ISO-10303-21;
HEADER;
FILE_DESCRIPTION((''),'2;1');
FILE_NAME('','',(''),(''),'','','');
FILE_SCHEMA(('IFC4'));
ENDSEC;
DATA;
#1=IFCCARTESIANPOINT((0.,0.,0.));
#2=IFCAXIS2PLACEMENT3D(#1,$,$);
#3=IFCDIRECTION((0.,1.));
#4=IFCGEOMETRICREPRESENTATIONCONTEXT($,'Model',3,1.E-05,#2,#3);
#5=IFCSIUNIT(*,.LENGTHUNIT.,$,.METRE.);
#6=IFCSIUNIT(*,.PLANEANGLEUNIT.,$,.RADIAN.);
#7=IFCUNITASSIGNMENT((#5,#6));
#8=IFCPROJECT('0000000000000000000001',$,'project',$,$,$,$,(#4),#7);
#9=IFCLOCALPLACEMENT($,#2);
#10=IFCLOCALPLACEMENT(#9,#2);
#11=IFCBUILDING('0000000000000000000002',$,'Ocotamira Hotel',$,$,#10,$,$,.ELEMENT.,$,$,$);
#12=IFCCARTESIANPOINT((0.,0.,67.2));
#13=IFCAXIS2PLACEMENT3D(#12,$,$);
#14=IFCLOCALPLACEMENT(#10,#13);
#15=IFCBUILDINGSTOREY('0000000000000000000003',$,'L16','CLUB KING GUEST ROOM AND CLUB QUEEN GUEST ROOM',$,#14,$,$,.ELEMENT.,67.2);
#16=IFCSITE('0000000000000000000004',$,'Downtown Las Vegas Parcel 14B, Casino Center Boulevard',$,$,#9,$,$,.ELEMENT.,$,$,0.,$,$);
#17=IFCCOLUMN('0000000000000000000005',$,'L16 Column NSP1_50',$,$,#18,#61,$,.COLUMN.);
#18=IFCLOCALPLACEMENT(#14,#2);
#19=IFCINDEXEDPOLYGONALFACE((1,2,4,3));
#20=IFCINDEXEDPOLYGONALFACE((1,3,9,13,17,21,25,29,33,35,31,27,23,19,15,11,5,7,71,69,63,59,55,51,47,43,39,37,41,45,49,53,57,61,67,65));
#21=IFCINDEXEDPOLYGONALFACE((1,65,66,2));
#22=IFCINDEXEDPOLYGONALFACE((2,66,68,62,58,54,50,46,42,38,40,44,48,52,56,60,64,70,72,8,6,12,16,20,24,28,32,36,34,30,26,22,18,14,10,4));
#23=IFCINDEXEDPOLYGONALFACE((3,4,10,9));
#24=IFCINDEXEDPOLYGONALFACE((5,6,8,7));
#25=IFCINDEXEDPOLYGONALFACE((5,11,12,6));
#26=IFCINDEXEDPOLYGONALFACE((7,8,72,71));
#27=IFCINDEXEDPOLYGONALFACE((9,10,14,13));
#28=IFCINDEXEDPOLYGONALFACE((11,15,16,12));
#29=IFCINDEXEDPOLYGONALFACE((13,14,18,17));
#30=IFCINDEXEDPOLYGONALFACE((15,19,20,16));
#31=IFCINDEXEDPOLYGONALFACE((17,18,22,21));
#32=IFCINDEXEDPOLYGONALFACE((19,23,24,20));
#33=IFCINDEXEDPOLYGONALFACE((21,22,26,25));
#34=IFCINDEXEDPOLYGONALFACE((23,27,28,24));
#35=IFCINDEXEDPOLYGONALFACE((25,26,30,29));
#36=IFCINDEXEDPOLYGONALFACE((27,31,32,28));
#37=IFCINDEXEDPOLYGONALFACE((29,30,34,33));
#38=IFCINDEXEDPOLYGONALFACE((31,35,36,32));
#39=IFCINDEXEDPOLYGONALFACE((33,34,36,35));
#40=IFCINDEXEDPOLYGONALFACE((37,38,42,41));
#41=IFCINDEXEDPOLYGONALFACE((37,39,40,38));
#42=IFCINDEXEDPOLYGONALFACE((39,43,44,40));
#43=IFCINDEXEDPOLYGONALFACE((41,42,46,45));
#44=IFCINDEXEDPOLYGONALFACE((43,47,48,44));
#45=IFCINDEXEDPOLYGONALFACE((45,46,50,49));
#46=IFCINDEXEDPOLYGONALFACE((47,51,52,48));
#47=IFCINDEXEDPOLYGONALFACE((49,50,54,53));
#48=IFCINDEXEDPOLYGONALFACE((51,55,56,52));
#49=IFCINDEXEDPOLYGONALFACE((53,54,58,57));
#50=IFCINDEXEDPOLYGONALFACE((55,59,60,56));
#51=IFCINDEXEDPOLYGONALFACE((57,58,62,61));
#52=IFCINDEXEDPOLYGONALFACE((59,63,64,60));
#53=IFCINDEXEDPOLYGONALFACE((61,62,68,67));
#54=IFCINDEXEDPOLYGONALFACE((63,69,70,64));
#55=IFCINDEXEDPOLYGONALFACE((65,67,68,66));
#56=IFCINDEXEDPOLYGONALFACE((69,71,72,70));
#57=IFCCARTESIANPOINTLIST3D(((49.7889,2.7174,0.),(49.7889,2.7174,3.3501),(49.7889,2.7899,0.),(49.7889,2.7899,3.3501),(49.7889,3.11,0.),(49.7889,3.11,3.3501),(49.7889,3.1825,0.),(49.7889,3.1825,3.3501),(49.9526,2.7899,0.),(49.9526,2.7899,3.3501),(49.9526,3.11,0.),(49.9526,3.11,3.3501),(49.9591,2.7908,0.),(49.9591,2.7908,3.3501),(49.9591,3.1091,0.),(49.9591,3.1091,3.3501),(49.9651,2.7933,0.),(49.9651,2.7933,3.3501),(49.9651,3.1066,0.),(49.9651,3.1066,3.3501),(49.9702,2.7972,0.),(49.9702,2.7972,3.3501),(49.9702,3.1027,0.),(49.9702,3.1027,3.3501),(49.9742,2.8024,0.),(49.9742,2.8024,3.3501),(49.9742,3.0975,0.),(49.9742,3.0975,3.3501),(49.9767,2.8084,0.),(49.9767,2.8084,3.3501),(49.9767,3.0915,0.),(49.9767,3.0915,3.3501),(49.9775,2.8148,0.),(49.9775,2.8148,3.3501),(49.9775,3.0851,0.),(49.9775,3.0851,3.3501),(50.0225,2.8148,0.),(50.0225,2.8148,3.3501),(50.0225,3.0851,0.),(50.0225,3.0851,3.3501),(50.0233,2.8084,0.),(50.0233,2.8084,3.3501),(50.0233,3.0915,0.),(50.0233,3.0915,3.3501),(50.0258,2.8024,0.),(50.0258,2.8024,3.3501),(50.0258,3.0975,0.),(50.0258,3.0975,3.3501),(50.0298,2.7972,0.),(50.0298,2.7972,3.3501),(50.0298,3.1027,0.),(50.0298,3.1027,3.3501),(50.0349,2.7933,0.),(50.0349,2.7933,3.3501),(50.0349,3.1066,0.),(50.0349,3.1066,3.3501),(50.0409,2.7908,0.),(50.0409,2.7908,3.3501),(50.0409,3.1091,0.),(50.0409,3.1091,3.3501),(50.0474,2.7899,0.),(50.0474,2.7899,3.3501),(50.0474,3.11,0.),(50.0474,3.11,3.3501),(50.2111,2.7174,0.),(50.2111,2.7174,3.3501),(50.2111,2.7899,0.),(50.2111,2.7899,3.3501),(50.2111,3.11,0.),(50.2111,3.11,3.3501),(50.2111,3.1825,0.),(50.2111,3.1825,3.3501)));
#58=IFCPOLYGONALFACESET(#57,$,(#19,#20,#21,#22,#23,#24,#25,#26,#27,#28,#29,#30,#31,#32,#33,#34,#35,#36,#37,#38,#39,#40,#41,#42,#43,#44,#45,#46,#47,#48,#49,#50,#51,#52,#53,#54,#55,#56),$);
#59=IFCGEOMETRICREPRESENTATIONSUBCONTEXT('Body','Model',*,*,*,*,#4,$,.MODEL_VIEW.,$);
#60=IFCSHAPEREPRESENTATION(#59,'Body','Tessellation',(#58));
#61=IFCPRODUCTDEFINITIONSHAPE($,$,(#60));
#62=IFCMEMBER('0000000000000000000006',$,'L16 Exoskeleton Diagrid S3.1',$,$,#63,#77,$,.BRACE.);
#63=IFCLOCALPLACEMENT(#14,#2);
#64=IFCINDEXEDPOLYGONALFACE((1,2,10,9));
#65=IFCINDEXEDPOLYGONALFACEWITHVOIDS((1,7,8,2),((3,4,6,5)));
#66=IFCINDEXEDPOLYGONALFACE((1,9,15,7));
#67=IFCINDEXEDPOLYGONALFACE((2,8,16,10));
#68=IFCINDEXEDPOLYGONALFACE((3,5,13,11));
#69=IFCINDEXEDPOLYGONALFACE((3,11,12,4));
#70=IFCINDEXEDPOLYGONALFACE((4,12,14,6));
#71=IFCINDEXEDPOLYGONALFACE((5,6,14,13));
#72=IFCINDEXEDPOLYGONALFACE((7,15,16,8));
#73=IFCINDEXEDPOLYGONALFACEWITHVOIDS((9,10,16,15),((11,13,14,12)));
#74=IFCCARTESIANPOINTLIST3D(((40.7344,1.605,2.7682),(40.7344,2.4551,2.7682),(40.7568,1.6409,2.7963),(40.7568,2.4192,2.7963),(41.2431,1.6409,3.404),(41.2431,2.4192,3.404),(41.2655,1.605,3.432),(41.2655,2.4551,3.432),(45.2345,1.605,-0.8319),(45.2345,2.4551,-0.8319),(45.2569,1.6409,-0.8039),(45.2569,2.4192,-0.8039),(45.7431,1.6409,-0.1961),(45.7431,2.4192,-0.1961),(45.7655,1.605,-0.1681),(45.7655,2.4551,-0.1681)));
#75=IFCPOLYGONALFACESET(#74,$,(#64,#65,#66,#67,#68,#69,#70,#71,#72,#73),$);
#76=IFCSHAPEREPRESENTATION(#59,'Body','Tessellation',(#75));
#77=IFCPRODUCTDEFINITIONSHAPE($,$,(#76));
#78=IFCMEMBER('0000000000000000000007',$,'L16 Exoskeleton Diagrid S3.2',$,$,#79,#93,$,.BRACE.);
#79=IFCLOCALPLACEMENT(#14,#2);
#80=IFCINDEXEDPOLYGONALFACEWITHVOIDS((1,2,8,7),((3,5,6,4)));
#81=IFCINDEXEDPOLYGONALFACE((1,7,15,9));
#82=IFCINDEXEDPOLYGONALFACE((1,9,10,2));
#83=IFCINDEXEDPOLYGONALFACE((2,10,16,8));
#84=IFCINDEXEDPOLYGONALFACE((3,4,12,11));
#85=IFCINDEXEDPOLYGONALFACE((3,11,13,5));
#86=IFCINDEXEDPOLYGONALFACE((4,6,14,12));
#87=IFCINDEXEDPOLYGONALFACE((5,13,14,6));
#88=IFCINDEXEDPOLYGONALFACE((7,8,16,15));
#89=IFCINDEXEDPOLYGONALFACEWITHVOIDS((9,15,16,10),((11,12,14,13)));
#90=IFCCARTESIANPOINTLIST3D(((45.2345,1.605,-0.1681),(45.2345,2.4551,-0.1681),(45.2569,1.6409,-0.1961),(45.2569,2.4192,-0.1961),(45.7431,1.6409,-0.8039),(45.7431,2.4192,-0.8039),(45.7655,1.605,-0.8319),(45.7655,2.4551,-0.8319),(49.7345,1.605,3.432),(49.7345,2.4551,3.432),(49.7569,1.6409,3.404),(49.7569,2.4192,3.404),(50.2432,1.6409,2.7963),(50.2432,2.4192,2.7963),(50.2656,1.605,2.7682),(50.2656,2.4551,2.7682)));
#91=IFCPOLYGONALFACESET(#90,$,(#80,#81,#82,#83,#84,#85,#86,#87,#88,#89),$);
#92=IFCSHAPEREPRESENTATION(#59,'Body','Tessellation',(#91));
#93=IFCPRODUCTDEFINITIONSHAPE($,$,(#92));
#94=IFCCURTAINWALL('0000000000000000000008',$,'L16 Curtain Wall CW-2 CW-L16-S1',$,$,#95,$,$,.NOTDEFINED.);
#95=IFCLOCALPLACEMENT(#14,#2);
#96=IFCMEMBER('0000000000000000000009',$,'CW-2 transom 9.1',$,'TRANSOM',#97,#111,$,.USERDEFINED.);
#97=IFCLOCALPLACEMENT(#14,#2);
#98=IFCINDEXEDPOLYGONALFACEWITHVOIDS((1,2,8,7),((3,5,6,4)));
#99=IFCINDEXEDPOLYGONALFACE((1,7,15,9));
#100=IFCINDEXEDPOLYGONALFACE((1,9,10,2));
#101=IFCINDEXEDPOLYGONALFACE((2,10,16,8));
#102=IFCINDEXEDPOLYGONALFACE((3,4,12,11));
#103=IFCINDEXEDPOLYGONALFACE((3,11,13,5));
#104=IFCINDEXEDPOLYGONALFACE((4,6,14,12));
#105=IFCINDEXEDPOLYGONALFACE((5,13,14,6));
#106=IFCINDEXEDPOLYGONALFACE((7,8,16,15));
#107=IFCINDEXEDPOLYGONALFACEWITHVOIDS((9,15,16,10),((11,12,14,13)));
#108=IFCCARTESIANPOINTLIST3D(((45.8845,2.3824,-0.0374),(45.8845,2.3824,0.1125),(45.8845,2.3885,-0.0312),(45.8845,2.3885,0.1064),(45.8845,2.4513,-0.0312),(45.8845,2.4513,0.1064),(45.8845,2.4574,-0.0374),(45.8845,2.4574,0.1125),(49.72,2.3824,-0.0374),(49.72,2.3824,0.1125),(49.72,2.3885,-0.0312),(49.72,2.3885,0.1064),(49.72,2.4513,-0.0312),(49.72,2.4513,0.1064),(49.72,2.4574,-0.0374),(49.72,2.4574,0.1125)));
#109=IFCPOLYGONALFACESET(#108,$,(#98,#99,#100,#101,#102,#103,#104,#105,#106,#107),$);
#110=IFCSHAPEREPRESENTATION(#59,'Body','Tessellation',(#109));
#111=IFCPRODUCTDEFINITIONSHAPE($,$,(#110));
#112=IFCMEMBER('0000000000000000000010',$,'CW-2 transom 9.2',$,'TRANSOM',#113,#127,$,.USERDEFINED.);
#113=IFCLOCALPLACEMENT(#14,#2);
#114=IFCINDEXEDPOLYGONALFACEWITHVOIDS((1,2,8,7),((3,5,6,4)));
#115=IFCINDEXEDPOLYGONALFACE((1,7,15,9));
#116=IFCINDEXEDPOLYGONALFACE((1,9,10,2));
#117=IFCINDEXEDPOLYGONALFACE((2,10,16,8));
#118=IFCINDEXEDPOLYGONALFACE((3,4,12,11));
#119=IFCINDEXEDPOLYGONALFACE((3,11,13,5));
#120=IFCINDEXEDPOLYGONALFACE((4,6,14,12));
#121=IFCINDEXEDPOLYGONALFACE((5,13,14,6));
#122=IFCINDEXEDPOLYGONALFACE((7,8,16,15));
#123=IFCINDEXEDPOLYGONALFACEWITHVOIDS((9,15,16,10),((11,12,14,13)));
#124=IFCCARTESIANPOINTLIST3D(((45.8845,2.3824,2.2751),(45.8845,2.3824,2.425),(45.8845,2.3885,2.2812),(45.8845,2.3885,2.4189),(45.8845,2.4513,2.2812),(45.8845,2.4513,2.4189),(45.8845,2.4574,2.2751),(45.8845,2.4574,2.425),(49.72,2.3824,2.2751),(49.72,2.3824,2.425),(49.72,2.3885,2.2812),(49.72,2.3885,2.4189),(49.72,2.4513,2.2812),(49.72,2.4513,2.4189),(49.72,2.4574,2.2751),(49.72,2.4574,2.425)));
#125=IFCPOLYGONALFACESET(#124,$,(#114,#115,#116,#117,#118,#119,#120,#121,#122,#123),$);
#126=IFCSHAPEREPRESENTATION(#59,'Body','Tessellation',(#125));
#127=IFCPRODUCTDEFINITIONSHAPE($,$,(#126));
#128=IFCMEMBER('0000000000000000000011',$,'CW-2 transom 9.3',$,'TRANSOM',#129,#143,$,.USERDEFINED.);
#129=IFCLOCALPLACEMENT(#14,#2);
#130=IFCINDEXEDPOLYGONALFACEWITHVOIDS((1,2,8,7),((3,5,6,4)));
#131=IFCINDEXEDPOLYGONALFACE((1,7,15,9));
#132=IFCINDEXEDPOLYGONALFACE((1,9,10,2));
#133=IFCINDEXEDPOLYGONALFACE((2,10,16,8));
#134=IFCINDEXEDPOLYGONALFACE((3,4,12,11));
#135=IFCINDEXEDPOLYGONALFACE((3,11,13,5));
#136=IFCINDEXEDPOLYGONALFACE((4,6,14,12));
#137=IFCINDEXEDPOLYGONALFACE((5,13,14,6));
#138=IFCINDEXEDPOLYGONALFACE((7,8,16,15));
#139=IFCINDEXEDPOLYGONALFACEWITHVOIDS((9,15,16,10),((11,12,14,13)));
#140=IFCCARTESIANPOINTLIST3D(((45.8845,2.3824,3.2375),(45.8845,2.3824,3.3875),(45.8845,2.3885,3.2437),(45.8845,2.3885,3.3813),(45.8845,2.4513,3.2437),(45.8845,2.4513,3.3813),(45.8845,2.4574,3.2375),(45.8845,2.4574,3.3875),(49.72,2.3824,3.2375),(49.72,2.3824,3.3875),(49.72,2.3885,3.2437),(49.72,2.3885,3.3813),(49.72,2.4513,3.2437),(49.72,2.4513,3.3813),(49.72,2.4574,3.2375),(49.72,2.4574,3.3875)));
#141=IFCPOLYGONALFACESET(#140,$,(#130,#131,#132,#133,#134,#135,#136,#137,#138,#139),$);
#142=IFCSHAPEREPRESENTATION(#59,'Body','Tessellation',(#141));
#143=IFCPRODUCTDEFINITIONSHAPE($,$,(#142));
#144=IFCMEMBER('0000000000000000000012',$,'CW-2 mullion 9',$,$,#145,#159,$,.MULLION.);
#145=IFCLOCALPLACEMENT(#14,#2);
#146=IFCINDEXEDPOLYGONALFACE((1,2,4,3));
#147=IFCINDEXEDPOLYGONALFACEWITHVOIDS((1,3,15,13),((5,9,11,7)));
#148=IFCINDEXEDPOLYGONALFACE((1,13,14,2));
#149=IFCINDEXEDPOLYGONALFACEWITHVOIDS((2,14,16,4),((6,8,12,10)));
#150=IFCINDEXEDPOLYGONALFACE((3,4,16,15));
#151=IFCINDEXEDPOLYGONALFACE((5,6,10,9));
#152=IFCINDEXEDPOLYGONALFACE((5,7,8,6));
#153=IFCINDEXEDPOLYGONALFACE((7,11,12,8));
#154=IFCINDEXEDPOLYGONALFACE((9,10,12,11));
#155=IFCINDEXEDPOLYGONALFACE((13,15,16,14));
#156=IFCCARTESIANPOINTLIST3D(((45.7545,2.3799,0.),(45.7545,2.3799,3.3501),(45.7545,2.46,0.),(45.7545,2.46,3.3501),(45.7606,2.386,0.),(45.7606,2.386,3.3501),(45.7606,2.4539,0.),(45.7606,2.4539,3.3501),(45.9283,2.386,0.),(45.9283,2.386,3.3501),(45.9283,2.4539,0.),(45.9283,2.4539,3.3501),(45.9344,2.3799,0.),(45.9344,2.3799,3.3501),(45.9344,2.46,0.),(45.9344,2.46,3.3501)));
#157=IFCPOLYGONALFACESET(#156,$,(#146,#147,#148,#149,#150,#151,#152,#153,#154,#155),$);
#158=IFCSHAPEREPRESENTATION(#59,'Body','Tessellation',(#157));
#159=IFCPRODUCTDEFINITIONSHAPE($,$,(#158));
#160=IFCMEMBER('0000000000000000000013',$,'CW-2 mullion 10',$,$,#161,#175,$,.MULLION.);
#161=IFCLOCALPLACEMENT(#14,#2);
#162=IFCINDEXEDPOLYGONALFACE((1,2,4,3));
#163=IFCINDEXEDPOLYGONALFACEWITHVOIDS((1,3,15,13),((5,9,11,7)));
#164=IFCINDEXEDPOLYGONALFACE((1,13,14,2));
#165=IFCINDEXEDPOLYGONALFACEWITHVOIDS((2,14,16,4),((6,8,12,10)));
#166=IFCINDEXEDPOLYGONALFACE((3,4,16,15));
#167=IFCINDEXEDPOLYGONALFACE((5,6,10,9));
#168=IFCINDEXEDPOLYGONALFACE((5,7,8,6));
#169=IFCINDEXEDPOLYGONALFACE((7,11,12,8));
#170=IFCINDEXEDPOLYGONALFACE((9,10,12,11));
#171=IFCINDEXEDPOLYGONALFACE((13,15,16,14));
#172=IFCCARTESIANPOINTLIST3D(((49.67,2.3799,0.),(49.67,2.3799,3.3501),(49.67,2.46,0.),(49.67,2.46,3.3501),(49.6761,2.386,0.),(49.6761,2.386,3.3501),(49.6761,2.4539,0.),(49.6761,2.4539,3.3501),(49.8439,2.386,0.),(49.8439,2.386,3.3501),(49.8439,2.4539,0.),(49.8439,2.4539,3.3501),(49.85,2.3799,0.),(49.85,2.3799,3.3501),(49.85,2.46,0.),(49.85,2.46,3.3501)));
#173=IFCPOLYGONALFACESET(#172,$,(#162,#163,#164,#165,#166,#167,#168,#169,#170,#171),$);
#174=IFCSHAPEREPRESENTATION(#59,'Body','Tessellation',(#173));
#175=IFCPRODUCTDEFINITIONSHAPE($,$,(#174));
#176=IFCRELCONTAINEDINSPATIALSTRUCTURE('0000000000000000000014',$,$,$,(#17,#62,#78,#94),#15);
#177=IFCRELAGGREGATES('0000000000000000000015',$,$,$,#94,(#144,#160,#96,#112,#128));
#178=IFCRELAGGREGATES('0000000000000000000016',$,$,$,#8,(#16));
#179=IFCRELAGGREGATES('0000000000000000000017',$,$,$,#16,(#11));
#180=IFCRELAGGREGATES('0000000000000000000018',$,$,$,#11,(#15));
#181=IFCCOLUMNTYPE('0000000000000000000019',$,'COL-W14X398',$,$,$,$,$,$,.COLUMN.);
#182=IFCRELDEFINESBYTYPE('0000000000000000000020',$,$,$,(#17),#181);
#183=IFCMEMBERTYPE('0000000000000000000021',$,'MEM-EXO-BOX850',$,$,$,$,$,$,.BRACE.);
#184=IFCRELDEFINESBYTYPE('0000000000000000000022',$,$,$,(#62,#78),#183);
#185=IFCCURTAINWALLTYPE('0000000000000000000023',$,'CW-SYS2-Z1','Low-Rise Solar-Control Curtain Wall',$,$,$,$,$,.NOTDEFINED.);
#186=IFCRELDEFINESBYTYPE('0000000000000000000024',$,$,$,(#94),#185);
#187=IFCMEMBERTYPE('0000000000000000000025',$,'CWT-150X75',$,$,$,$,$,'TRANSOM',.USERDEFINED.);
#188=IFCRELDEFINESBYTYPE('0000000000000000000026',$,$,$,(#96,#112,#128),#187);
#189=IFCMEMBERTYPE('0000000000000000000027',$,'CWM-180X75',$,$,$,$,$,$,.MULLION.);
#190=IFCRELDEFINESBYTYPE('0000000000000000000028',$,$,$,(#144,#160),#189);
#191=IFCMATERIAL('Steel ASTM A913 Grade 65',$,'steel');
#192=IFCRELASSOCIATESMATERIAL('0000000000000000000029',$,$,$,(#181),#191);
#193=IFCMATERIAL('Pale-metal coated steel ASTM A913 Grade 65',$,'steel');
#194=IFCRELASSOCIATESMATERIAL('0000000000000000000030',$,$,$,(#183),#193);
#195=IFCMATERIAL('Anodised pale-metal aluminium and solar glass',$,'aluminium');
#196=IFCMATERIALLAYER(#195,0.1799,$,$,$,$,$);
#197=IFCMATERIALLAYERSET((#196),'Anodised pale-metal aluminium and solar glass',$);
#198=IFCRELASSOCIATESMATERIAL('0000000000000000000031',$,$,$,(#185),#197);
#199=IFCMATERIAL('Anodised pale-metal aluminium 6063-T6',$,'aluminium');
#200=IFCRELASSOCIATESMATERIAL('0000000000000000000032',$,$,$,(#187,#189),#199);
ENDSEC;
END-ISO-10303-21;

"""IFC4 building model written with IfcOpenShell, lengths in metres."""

from ifc_helpers import new_model, si_unit, direction, frame, origin, origin_2d, place, context, subcontext, project, spatial, hollow_rectangle, i_section, extrude, source, transform, mapped, material, layer, layer_set, material_profile, profile_set, type_object, element, aggregate, save


model = new_model("IFC4")

# Units and contexts
model_context = context("Model", 3, precision=1e-05, world=origin(), true_north=direction((0.0, 1.0)))
body_context = subcontext(model_context, "Body", "Model", "MODEL_VIEW")
ifc_project = project(units=[si_unit("LENGTHUNIT", "METRE"), si_unit("PLANEANGLEUNIT", "RADIAN")], contexts=[model_context])

# Site, building, storey
site_placement = place(None, origin())
site = spatial("IfcSite", under=ifc_project, at=site_placement, Name="Downtown Las Vegas Parcel 14B, Casino Center Boulevard", CompositionType="ELEMENT", RefElevation=0.0)
building_placement = place(site_placement, origin())
building = spatial("IfcBuilding", under=site, at=building_placement, Name="Ocotamira Hotel", CompositionType="ELEMENT")
storey_placement = place(building_placement, frame((0.0, 0.0, 67.2)))
storey = spatial("IfcBuildingStorey", under=building, at=storey_placement, Name="L16", Description="CLUB KING GUEST ROOM AND CLUB QUEEN GUEST ROOM", CompositionType="ELEMENT", Elevation=67.2)

# Column
ifc_material_1 = material(Name="Steel ASTM A913 Grade 65", Category="steel")
ifc_material_profile_1 = material_profile(ifc_material_1, i_section(OverallWidth=0.4221, OverallDepth=0.4651, WebThickness=0.0449, FlangeThickness=0.0725, FilletRadius=0.0249, at=origin_2d()), Name="W14X398")
ifc_profile_set_1 = profile_set([ifc_material_profile_1], Name="Steel ASTM A913 Grade 65")
column_type = type_object("IfcColumnType", Name="COL-W14X398", PredefinedType="COLUMN", material=ifc_profile_set_1)
shared_shape_1 = source(origin(), body_context, "Body", "SweptSolid", [
    extrude(i_section(OverallWidth=0.4221, OverallDepth=0.4651, WebThickness=0.0449, FlangeThickness=0.0725, FilletRadius=0.0249, at=origin_2d()), origin(), (0.0, 0.0, 1.0), 3.3501),
])
column_placement = place(storey_placement, frame((50.0, 2.95, 0.0), z_axis=(0.0, 0.0, 1.0), x_axis=(1.0, 0.0, 0.0)))
element("IfcColumn", 1, at=column_placement, inside=storey, type_object=column_type, Name="L16 Column NSP1_50", PredefinedType="COLUMN", context=body_context, shape_type="MappedRepresentation", body=[
    mapped(shared_shape_1, transform((0.0, 0.0, 0.0), scale=1.0)),
])

# Members
ifc_material_2 = material(Name="Pale-metal coated steel ASTM A913 Grade 65", Category="steel")
ifc_material_profile_2 = material_profile(ifc_material_2, hollow_rectangle(XDim=0.8501, YDim=0.8501, WallThickness=0.0359, at=origin_2d()), Name="BOX850X850X36")
ifc_profile_set_2 = profile_set([ifc_material_profile_2], Name="Pale-metal coated steel ASTM A913 Grade 65")
member_type_1 = type_object("IfcMemberType", Name="MEM-EXO-BOX850", PredefinedType="BRACE", material=ifc_profile_set_2)
shared_shape_2 = source(origin(), body_context, "Body", "SweptSolid", [
    extrude(hollow_rectangle(XDim=0.8501, YDim=0.8501, WallThickness=0.0359, at=origin_2d()), origin(), (0.0, 0.0, 1.0), 5.7629),
])
for number, where, z_axis, x_axis, name in (
    (2, (45.5, 2.03, -0.5), (-0.780861, 0.0, 0.624705), (0.0, -1.0, 0.0), "L16 Exoskeleton Diagrid S3.1"),
    (3, (45.5, 2.03, -0.5), (0.780861, 0.0, 0.624705), (0.0, 1.0, 0.0), "L16 Exoskeleton Diagrid S3.2"),
):
    element("IfcMember", number, at=place(storey_placement, frame(where, z_axis=z_axis, x_axis=x_axis)), inside=storey, type_object=member_type_1, Name=name, PredefinedType="BRACE", context=body_context, shape_type="MappedRepresentation", body=[
        mapped(shared_shape_2, transform((0.0, 0.0, 0.0), scale=1.0)),
    ])

# Curtain wall, members
ifc_material_3 = material(Name="Anodised pale-metal aluminium and solar glass", Category="aluminium")
ifc_layer_1 = layer(ifc_material_3, 0.1799)
ifc_layer_set_1 = layer_set([ifc_layer_1], Name="Anodised pale-metal aluminium and solar glass")
curtain_wall_type = type_object("IfcCurtainWallType", Name="CW-SYS2-Z1", Description="Low-Rise Solar-Control Curtain Wall", PredefinedType="NOTDEFINED", material=ifc_layer_set_1)
curtain_wall_placement = place(storey_placement, origin())
curtain_wall = element("IfcCurtainWall", 4, at=curtain_wall_placement, inside=storey, type_object=curtain_wall_type, Name="L16 Curtain Wall CW-2 CW-L16-S1", PredefinedType="NOTDEFINED")
ifc_material_4 = material(Name="Anodised pale-metal aluminium 6063-T6", Category="aluminium")
ifc_material_profile_3 = material_profile(ifc_material_4, hollow_rectangle(XDim=0.075, YDim=0.1499, WallThickness=0.0061, at=origin_2d()), Name="HSS150X75X6")
ifc_profile_set_3 = profile_set([ifc_material_profile_3], Name="Anodised pale-metal aluminium 6063-T6")
member_type_2 = type_object("IfcMemberType", Name="CWT-150X75", ElementType="TRANSOM", PredefinedType="USERDEFINED", material=ifc_profile_set_3)
shared_shape_3 = source(origin(), body_context, "Body", "SweptSolid", [
    extrude(hollow_rectangle(XDim=0.075, YDim=0.1499, WallThickness=0.0061, at=origin_2d()), origin(), (0.0, 0.0, 1.0), 3.8354),
])
member_1_placement = place(storey_placement, frame((45.8845, 2.4199, 0.0376), z_axis=(1.0, 0.0, 0.0), x_axis=(0.0, 1.0, 0.0)))
member_1 = element("IfcMember", 5, at=member_1_placement, type_object=member_type_2, Name="CW-2 transom 9.1", ObjectType="TRANSOM", PredefinedType="USERDEFINED", context=body_context, shape_type="MappedRepresentation", body=[
    mapped(shared_shape_3, transform((0.0, 0.0, 0.0), scale=1.0)),
])
member_2_placement = place(storey_placement, frame((45.8845, 2.4199, 2.3501), z_axis=(1.0, 0.0, 0.0), x_axis=(0.0, 1.0, 0.0)))
member_2 = element("IfcMember", 6, at=member_2_placement, type_object=member_type_2, Name="CW-2 transom 9.2", ObjectType="TRANSOM", PredefinedType="USERDEFINED", context=body_context, shape_type="MappedRepresentation", body=[
    mapped(shared_shape_3, transform((0.0, 0.0, 0.0), scale=1.0)),
])
member_3_placement = place(storey_placement, frame((45.8845, 2.4199, 3.3125), z_axis=(1.0, 0.0, 0.0), x_axis=(0.0, 1.0, 0.0)))
member_3 = element("IfcMember", 7, at=member_3_placement, type_object=member_type_2, Name="CW-2 transom 9.3", ObjectType="TRANSOM", PredefinedType="USERDEFINED", context=body_context, shape_type="MappedRepresentation", body=[
    mapped(shared_shape_3, transform((0.0, 0.0, 0.0), scale=1.0)),
])
ifc_material_profile_4 = material_profile(ifc_material_4, hollow_rectangle(XDim=0.0801, YDim=0.1799, WallThickness=0.0061, at=origin_2d()), Name="HSS180X80X6")
ifc_profile_set_4 = profile_set([ifc_material_profile_4], Name="Anodised pale-metal aluminium 6063-T6")
member_type_3 = type_object("IfcMemberType", Name="CWM-180X75", PredefinedType="MULLION", material=ifc_profile_set_4)
shared_shape_4 = source(origin(), body_context, "Body", "SweptSolid", [
    extrude(hollow_rectangle(XDim=0.0801, YDim=0.1799, WallThickness=0.0061, at=origin_2d()), origin(), (0.0, 0.0, 1.0), 3.3501),
])
member_4_placement = place(storey_placement, frame((45.8445, 2.4199, 0.0), z_axis=(0.0, 0.0, 1.0), x_axis=(0.0, 1.0, 0.0)))
member_4 = element("IfcMember", 8, at=member_4_placement, type_object=member_type_3, Name="CW-2 mullion 9", PredefinedType="MULLION", context=body_context, shape_type="MappedRepresentation", body=[
    mapped(shared_shape_4, transform((0.0, 0.0, 0.0), scale=1.0)),
])
member_5_placement = place(storey_placement, frame((49.76, 2.4199, 0.0), z_axis=(0.0, 0.0, 1.0), x_axis=(0.0, 1.0, 0.0)))
member_5 = element("IfcMember", 9, at=member_5_placement, type_object=member_type_3, Name="CW-2 mullion 10", PredefinedType="MULLION", context=body_context, shape_type="MappedRepresentation", body=[
    mapped(shared_shape_4, transform((0.0, 0.0, 0.0), scale=1.0)),
])

aggregate(curtain_wall, [member_4, member_5, member_1, member_2, member_3])

save(model, "model.ifc")
